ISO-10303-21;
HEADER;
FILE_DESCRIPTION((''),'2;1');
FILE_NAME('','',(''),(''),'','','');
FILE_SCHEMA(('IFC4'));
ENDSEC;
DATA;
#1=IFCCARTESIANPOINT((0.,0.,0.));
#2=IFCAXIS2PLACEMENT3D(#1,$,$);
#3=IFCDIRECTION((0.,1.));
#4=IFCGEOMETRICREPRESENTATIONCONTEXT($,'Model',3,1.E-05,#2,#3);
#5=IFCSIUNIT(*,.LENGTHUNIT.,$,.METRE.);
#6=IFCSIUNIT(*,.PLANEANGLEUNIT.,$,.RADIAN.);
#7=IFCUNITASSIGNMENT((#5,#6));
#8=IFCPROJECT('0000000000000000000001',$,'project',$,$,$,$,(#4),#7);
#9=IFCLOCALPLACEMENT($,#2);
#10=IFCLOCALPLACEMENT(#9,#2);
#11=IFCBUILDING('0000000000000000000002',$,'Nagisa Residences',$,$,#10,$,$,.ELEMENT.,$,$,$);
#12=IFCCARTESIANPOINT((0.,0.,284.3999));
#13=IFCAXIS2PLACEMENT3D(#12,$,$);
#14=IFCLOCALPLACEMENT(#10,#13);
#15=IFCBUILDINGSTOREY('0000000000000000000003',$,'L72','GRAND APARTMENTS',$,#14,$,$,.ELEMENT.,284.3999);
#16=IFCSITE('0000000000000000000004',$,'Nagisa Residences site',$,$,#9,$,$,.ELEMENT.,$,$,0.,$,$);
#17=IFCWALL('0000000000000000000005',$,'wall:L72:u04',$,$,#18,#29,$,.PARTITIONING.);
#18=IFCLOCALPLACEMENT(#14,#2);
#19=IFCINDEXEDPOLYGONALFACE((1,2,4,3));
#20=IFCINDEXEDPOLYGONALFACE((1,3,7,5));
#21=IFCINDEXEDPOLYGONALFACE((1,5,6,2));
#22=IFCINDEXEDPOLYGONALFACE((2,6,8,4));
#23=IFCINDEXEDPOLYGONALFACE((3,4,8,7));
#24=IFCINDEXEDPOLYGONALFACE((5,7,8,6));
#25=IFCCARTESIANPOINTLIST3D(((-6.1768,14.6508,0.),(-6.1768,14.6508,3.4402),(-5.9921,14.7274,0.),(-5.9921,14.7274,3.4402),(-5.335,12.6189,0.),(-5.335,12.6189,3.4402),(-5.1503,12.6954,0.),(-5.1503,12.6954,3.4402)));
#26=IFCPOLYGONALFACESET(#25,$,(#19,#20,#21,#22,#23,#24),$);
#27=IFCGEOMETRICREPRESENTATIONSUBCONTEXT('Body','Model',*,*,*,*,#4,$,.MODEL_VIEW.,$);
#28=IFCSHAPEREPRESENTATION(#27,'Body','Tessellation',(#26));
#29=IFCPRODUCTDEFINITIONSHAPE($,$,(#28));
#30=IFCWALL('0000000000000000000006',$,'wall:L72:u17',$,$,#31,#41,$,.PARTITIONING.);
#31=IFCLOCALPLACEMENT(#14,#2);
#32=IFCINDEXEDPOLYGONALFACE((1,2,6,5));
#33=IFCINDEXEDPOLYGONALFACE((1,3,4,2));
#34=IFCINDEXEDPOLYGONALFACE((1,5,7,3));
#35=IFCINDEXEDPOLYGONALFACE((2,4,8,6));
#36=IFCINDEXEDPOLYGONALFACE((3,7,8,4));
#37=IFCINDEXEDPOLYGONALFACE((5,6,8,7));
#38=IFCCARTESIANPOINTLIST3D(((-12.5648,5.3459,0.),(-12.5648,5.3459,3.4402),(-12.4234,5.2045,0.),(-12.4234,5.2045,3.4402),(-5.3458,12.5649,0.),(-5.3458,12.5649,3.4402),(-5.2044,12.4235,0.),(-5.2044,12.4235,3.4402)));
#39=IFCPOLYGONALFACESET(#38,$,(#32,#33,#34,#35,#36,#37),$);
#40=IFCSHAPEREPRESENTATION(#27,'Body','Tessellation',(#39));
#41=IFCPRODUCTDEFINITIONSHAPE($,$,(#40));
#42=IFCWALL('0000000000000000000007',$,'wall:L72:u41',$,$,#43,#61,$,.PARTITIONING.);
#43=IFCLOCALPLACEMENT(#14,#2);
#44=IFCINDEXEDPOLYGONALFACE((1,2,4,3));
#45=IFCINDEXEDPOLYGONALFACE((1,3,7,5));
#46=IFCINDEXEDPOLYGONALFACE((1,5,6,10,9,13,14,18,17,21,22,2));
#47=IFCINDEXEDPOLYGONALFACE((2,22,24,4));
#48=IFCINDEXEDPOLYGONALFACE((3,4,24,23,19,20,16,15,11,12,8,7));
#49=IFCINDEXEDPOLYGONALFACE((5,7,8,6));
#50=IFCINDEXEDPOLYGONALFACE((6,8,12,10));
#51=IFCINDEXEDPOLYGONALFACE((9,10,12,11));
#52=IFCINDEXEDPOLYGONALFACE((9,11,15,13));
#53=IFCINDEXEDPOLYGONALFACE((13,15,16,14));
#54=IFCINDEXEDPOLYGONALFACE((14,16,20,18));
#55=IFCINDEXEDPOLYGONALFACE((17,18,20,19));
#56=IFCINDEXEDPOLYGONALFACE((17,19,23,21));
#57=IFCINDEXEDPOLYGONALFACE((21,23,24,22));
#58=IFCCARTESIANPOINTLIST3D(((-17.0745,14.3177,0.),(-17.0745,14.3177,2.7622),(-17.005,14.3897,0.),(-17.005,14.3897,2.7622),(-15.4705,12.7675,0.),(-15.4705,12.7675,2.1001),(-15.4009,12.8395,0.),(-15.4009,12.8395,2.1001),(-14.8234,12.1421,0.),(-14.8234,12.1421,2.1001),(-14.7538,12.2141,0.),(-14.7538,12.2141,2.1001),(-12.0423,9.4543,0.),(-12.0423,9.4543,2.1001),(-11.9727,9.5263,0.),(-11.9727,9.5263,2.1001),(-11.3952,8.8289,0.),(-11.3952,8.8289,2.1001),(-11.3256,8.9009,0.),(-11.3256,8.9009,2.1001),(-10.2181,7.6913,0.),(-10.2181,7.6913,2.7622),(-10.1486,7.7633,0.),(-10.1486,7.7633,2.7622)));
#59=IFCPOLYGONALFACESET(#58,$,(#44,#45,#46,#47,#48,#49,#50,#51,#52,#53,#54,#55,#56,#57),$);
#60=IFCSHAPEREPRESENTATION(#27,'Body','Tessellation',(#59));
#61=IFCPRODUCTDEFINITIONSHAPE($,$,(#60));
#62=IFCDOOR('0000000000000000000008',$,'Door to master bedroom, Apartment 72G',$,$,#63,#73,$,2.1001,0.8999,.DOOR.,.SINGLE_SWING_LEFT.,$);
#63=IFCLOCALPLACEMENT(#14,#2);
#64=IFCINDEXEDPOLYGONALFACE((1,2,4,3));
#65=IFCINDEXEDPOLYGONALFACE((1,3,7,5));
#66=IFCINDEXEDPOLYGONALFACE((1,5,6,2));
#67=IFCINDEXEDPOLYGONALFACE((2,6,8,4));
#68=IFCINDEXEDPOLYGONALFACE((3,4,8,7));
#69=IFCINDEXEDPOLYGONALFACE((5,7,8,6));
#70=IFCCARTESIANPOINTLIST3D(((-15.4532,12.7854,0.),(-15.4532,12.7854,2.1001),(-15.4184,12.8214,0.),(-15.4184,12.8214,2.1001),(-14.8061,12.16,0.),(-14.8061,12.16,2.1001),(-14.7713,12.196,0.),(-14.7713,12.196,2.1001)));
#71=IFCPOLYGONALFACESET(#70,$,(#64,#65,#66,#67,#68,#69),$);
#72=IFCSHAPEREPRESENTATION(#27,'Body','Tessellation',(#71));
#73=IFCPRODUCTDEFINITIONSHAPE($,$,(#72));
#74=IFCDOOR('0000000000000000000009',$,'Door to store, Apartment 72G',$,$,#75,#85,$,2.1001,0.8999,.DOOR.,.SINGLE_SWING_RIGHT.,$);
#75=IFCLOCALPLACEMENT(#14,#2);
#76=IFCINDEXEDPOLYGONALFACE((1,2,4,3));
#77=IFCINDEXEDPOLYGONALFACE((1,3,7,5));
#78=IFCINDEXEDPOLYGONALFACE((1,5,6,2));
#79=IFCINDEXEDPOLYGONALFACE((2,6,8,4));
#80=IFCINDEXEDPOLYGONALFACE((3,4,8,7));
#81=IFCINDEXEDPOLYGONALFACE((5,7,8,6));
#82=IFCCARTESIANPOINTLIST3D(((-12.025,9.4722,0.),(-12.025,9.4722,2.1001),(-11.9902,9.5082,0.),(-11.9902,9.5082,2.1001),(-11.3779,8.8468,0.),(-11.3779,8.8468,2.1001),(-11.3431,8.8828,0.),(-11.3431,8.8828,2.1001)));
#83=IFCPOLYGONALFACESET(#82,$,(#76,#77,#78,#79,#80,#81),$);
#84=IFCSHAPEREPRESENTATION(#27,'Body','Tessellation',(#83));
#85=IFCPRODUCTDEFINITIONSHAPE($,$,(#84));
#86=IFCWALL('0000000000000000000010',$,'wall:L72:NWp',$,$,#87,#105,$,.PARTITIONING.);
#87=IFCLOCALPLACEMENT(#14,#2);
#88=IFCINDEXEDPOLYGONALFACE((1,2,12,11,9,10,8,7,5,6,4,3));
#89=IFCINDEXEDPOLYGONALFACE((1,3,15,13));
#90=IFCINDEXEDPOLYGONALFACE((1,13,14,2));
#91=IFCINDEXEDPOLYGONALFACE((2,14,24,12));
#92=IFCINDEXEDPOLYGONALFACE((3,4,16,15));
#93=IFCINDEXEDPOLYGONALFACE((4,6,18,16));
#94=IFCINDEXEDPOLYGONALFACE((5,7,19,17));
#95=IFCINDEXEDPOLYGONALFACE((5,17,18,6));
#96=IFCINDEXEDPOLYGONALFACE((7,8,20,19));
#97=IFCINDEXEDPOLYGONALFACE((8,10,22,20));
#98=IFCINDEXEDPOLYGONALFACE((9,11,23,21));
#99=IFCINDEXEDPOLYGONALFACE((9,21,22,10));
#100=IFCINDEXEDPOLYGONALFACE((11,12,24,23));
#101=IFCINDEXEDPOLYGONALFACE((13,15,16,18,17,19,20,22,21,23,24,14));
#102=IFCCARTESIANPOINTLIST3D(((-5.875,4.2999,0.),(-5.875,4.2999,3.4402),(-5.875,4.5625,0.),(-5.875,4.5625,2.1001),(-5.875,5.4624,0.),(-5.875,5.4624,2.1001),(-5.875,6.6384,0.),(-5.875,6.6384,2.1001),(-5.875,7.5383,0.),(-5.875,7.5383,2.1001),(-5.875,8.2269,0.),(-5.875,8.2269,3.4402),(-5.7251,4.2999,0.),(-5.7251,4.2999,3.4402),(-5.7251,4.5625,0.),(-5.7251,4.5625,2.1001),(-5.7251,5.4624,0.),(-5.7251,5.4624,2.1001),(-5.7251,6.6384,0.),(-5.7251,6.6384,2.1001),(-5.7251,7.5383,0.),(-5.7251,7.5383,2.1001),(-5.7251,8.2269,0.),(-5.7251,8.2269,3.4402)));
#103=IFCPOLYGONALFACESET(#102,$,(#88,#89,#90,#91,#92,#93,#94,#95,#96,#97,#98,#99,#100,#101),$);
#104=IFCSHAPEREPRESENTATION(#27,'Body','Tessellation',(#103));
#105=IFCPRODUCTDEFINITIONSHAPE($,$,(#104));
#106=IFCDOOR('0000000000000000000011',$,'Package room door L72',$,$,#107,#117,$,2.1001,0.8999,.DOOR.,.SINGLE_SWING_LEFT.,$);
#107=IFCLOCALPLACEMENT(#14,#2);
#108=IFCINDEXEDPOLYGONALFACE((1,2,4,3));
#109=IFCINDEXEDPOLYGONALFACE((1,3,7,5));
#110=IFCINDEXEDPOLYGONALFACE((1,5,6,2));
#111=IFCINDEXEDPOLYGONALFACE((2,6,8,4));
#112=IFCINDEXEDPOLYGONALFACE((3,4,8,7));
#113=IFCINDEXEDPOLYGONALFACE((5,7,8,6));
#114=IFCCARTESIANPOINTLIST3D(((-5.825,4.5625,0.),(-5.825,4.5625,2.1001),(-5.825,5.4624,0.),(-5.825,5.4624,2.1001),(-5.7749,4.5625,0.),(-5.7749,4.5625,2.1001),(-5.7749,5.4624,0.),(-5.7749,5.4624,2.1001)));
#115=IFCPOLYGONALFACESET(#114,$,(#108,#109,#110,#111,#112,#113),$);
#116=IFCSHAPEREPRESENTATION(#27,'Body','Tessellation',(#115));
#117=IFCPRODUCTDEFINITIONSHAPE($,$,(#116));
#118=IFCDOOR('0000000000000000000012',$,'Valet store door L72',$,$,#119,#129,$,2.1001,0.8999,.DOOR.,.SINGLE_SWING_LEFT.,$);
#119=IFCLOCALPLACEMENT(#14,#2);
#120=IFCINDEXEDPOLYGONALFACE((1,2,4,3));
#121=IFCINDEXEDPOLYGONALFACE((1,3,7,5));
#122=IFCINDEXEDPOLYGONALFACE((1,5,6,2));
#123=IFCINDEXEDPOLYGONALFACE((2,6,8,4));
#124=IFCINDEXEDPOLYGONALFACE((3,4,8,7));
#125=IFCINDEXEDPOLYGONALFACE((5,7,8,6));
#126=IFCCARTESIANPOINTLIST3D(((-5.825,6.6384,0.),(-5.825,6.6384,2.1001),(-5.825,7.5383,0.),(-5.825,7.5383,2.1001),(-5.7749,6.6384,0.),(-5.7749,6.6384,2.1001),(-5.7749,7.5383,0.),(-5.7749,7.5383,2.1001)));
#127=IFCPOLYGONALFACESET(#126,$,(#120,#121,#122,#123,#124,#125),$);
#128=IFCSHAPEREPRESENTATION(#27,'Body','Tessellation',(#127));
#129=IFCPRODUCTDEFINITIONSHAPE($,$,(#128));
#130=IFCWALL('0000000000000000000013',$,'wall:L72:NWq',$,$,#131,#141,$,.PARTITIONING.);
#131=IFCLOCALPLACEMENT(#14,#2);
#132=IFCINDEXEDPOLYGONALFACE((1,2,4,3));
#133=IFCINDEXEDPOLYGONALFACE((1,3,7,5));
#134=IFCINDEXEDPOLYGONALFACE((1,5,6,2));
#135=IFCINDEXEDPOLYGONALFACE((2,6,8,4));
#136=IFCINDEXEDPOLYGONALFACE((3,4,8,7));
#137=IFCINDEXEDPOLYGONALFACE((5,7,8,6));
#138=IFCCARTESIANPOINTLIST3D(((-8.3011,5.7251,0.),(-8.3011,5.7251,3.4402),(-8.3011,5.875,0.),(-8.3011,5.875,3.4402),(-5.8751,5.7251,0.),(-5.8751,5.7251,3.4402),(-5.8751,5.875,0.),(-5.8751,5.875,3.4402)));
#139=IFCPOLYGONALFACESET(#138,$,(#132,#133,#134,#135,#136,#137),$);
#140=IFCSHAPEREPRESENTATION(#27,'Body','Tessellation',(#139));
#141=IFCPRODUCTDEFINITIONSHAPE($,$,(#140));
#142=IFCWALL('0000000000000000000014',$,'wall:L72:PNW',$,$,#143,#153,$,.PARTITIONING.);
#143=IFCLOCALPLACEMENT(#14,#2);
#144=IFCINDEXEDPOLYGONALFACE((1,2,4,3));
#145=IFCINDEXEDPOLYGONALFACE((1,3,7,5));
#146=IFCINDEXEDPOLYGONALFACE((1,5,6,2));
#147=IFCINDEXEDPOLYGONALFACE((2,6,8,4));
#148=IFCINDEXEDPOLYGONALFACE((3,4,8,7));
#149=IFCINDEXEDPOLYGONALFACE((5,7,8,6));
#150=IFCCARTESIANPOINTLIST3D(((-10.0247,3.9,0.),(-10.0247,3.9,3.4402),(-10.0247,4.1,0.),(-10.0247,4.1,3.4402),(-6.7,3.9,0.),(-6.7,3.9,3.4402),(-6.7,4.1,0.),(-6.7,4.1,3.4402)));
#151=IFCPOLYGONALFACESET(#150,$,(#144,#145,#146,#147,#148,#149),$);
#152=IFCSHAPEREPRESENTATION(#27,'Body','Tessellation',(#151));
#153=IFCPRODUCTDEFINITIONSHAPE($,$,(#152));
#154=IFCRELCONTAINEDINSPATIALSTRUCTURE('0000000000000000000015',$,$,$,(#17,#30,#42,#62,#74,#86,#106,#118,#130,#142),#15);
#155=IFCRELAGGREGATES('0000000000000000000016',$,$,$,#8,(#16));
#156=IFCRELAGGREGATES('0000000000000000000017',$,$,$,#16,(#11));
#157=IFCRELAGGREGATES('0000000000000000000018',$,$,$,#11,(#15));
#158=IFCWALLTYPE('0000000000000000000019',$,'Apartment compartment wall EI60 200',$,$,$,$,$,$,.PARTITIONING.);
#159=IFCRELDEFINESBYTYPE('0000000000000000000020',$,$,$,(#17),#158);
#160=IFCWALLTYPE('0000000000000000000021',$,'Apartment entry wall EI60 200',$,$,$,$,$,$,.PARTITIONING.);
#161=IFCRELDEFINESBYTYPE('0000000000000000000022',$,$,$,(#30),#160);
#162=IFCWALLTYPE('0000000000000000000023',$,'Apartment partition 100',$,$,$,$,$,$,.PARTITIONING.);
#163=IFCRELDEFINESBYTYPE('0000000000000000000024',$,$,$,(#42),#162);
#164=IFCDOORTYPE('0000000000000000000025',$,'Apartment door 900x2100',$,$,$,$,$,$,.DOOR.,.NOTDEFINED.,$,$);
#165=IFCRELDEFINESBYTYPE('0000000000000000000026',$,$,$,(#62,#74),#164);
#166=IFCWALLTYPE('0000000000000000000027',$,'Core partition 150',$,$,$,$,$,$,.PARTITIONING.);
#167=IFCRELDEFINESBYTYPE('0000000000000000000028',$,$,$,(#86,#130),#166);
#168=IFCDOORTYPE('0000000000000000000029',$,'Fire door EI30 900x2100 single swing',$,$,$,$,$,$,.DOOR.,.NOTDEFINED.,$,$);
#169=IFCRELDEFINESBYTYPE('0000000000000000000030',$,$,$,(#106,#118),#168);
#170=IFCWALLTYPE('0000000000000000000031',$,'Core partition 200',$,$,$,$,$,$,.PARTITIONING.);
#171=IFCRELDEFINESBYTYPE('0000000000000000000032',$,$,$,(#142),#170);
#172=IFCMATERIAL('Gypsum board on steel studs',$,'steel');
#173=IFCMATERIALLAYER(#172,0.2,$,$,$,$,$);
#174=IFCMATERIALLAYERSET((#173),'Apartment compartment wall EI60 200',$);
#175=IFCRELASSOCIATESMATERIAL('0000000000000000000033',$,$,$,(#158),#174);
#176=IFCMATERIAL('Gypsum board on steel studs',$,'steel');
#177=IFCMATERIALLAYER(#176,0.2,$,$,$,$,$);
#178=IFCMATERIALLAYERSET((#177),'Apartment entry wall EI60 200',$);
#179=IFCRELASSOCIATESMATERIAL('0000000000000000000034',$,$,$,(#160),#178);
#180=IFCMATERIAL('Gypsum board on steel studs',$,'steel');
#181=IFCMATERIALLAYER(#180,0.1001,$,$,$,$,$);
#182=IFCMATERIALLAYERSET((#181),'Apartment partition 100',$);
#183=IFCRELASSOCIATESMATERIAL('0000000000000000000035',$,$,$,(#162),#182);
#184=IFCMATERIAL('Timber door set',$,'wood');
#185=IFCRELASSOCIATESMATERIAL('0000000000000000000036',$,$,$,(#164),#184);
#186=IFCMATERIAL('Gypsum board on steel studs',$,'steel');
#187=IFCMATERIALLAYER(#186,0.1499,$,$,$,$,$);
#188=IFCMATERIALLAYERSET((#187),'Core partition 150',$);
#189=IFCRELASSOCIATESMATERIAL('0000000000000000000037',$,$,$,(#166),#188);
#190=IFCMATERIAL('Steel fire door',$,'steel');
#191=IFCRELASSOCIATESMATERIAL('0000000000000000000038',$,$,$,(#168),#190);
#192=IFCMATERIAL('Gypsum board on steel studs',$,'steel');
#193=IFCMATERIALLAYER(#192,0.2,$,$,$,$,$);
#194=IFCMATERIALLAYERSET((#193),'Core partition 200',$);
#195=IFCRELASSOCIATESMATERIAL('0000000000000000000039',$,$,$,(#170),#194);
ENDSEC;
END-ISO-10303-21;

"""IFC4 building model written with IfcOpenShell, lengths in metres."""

from ifc_helpers import new_model, si_unit, direction, frame, frame_2d, origin, place, context, subcontext, project, spatial, rectangle, extrude, material, layer, layer_set, type_object, element, fill, save


model = new_model("IFC4")

# Units and contexts
model_context = context("Model", 3, precision=1e-05, world=origin(), true_north=direction((0.0, 1.0)))
body_context = subcontext(model_context, "Body", "Model", "MODEL_VIEW")
ifc_project = project(units=[si_unit("LENGTHUNIT", "METRE"), si_unit("PLANEANGLEUNIT", "RADIAN")], contexts=[model_context])

# Site, building, storey
site_placement = place(None, origin())
site = spatial("IfcSite", under=ifc_project, at=site_placement, Name="Nagisa Residences site", CompositionType="ELEMENT", RefElevation=0.0)
building_placement = place(site_placement, origin())
building = spatial("IfcBuilding", under=site, at=building_placement, Name="Nagisa Residences", CompositionType="ELEMENT")
storey_placement = place(building_placement, frame((0.0, 0.0, 284.3999)))
storey = spatial("IfcBuildingStorey", under=building, at=storey_placement, Name="L72", Description="GRAND APARTMENTS", CompositionType="ELEMENT", Elevation=284.3999)

# Walls
ifc_material_1 = material(Name="Gypsum board on steel studs", Category="steel")
ifc_layer_1 = layer(ifc_material_1, 0.2)
ifc_layer_set_1 = layer_set([ifc_layer_1], Name="Apartment compartment wall EI60 200")
wall_type_1 = type_object("IfcWallType", Name="Apartment compartment wall EI60 200", PredefinedType="PARTITIONING", material=ifc_layer_set_1)
wall_1_placement = place(storey_placement, frame((-5.2427, 12.6572, 0.0), z_axis=(0.0, 0.0, 1.0), x_axis=(-0.382731, 0.92386, 0.0)))
element("IfcWall", 1, at=wall_1_placement, inside=storey, type_object=wall_type_1, Name="wall:L72:u04", PredefinedType="PARTITIONING", context=body_context, shape_type="SweptSolid", body=[
    extrude(rectangle(XDim=2.1995, YDim=0.2, at=frame_2d((1.0996, 0.0))), origin(), (0.0, 0.0, 1.0), 3.4402),
])
ifc_material_2 = material(Name="Gypsum board on steel studs", Category="steel")
ifc_layer_2 = layer(ifc_material_2, 0.2)
ifc_layer_set_2 = layer_set([ifc_layer_2], Name="Apartment entry wall EI60 200")
wall_type_2 = type_object("IfcWallType", Name="Apartment entry wall EI60 200", PredefinedType="PARTITIONING", material=ifc_layer_set_2)
wall_2_placement = place(storey_placement, frame((-5.2751, 12.4941, 0.0), z_axis=(0.0, 0.0, 1.0), x_axis=(-0.707107, -0.707107, 0.0)))
element("IfcWall", 2, at=wall_2_placement, inside=storey, type_object=wall_type_2, Name="wall:L72:u17", PredefinedType="PARTITIONING", context=body_context, shape_type="SweptSolid", body=[
    extrude(rectangle(XDim=10.2092, YDim=0.2, at=frame_2d((5.1045, 0.0))), origin(), (0.0, 0.0, 1.0), 3.4402),
])

# Walls, openings, doors
ifc_material_3 = material(Name="Gypsum board on steel studs", Category="steel")
ifc_layer_3 = layer(ifc_material_3, 0.1001)
ifc_layer_set_3 = layer_set([ifc_layer_3], Name="Apartment partition 100")
wall_type_3 = type_object("IfcWallType", Name="Apartment partition 100", PredefinedType="PARTITIONING", material=ifc_layer_set_3)
wall_3_placement = place(storey_placement, frame((-10.1833, 7.7273, 0.0), z_axis=(0.0, 0.0, 1.0), x_axis=(-0.719063, 0.694944, 0.0)))
wall_3 = element("IfcWall", 3, at=wall_3_placement, inside=storey, type_object=wall_type_3, Name="wall:L72:u41", PredefinedType="PARTITIONING", context=body_context, shape_type="SweptSolid", body=[
    extrude(rectangle(XDim=9.5352, YDim=0.1001, at=frame_2d((4.7676, 0.0))), origin(), (0.0, 0.0, 1.0), 2.7622),
])
opening_1_placement = place(wall_3_placement, frame((6.4045, 0.0, 0.0)))
opening_1 = element("IfcOpeningElement", 4, at=opening_1_placement, cuts=wall_3, PredefinedType="OPENING", context=body_context, shape_type="SweptSolid", body=[
    extrude(rectangle(XDim=0.8999, YDim=2.1001, at=frame_2d((0.45, 1.05))), frame((0.0, 0.0601, 0.0), z_axis=(0.0, -1.0, 0.0), x_axis=(1.0, 0.0, 0.0)), (0.0, 0.0, 1.0), 0.1201),
])
opening_2_placement = place(wall_3_placement, frame((1.637, 0.0, 0.0)))
opening_2 = element("IfcOpeningElement", 5, at=opening_2_placement, cuts=wall_3, PredefinedType="OPENING", context=body_context, shape_type="SweptSolid", body=[
    extrude(rectangle(XDim=0.8999, YDim=2.1001, at=frame_2d((0.45, 1.05))), frame((0.0, 0.0601, 0.0), z_axis=(0.0, -1.0, 0.0), x_axis=(1.0, 0.0, 0.0)), (0.0, 0.0, 1.0), 0.1201),
])
ifc_material_4 = material(Name="Timber door set", Category="wood")
door_type_1 = type_object("IfcDoorType", Name="Apartment door 900x2100", OperationType="NOTDEFINED", PredefinedType="DOOR", material=ifc_material_4)
door_1_placement = place(opening_1_placement, frame((0.8999, 0.0, 0.0), x_axis=(-1.0, 0.0, 0.0)))
door_1 = element("IfcDoor", 6, at=door_1_placement, inside=storey, type_object=door_type_1, Name="Door to master bedroom, Apartment 72G", OperationType="SINGLE_SWING_LEFT", OverallHeight=2.1001, OverallWidth=0.8999, PredefinedType="DOOR", context=body_context, shape_type="SweptSolid", body=[
    extrude(rectangle(XDim=0.8999, YDim=2.1001, at=frame_2d((0.45, 1.05))), frame((0.0, 0.0249, 0.0), z_axis=(0.0, -1.0, 0.0), x_axis=(1.0, 0.0, 0.0)), (0.0, 0.0, 1.0), 0.05),
])
fill(opening_1, door_1)
door_2_placement = place(opening_2_placement, frame((0.8999, 0.0, 0.0), x_axis=(-1.0, 0.0, 0.0)))
door_2 = element("IfcDoor", 7, at=door_2_placement, inside=storey, type_object=door_type_1, Name="Door to store, Apartment 72G", OperationType="SINGLE_SWING_RIGHT", OverallHeight=2.1001, OverallWidth=0.8999, PredefinedType="DOOR", context=body_context, shape_type="SweptSolid", body=[
    extrude(rectangle(XDim=0.8999, YDim=2.1001, at=frame_2d((0.45, 1.05))), frame((0.0, 0.0249, 0.0), z_axis=(0.0, -1.0, 0.0), x_axis=(1.0, 0.0, 0.0)), (0.0, 0.0, 1.0), 0.05),
])
fill(opening_2, door_2)
ifc_material_5 = material(Name="Gypsum board on steel studs", Category="steel")
ifc_layer_4 = layer(ifc_material_5, 0.1499)
ifc_layer_set_4 = layer_set([ifc_layer_4], Name="Core partition 150")
wall_type_4 = type_object("IfcWallType", Name="Core partition 150", PredefinedType="PARTITIONING", material=ifc_layer_set_4)
wall_4_placement = place(storey_placement, frame((-5.8, 4.3, 0.0), z_axis=(0.0, 0.0, 1.0), x_axis=(0.0, 1.0, 0.0)))
wall_4 = element("IfcWall", 8, at=wall_4_placement, inside=storey, type_object=wall_type_4, Name="wall:L72:NWp", PredefinedType="PARTITIONING", context=body_context, shape_type="SweptSolid", body=[
    extrude(rectangle(XDim=3.927, YDim=0.1499, at=frame_2d((1.9634, 0.0))), origin(), (0.0, 0.0, 1.0), 3.4402),
])
opening_3_placement = place(wall_4_placement, frame((0.2625, 0.0, 0.0)))
opening_3 = element("IfcOpeningElement", 9, at=opening_3_placement, cuts=wall_4, PredefinedType="OPENING", context=body_context, shape_type="SweptSolid", body=[
    extrude(rectangle(XDim=0.8999, YDim=2.1001, at=frame_2d((0.45, 1.05))), frame((0.0, 0.085, 0.0), z_axis=(0.0, -1.0, 0.0), x_axis=(1.0, 0.0, 0.0)), (0.0, 0.0, 1.0), 0.1699),
])
opening_4_placement = place(wall_4_placement, frame((2.3384, 0.0, 0.0)))
opening_4 = element("IfcOpeningElement", 10, at=opening_4_placement, cuts=wall_4, PredefinedType="OPENING", context=body_context, shape_type="SweptSolid", body=[
    extrude(rectangle(XDim=0.8999, YDim=2.1001, at=frame_2d((0.45, 1.05))), frame((0.0, 0.085, 0.0), z_axis=(0.0, -1.0, 0.0), x_axis=(1.0, 0.0, 0.0)), (0.0, 0.0, 1.0), 0.1699),
])
ifc_material_6 = material(Name="Steel fire door", Category="steel")
door_type_2 = type_object("IfcDoorType", Name="Fire door EI30 900x2100 single swing", OperationType="NOTDEFINED", PredefinedType="DOOR", material=ifc_material_6)
door_3_placement = place(opening_3_placement, origin())
door_3 = element("IfcDoor", 11, at=door_3_placement, inside=storey, type_object=door_type_2, Name="Package room door L72", OperationType="SINGLE_SWING_LEFT", OverallHeight=2.1001, OverallWidth=0.8999, PredefinedType="DOOR", context=body_context, shape_type="SweptSolid", body=[
    extrude(rectangle(XDim=0.8999, YDim=2.1001, at=frame_2d((0.45, 1.05))), frame((0.0, 0.0249, 0.0), z_axis=(0.0, -1.0, 0.0), x_axis=(1.0, 0.0, 0.0)), (0.0, 0.0, 1.0), 0.05),
])
fill(opening_3, door_3)
door_4_placement = place(opening_4_placement, origin())
door_4 = element("IfcDoor", 12, at=door_4_placement, inside=storey, type_object=door_type_2, Name="Valet store door L72", OperationType="SINGLE_SWING_LEFT", OverallHeight=2.1001, OverallWidth=0.8999, PredefinedType="DOOR", context=body_context, shape_type="SweptSolid", body=[
    extrude(rectangle(XDim=0.8999, YDim=2.1001, at=frame_2d((0.45, 1.05))), frame((0.0, 0.0249, 0.0), z_axis=(0.0, -1.0, 0.0), x_axis=(1.0, 0.0, 0.0)), (0.0, 0.0, 1.0), 0.05),
])
fill(opening_4, door_4)

# Walls
wall_5_placement = place(storey_placement, frame((-8.301, 5.8, 0.0), z_axis=(0.0, 0.0, 1.0), x_axis=(1.0, 0.0, 0.0)))
element("IfcWall", 13, at=wall_5_placement, inside=storey, type_object=wall_type_4, Name="wall:L72:NWq", PredefinedType="PARTITIONING", context=body_context, shape_type="SweptSolid", body=[
    extrude(rectangle(XDim=2.426, YDim=0.1499, at=frame_2d((1.2129, 0.0))), origin(), (0.0, 0.0, 1.0), 3.4402),
])
ifc_material_7 = material(Name="Gypsum board on steel studs", Category="steel")
ifc_layer_5 = layer(ifc_material_7, 0.2)
ifc_layer_set_5 = layer_set([ifc_layer_5], Name="Core partition 200")
wall_type_5 = type_object("IfcWallType", Name="Core partition 200", PredefinedType="PARTITIONING", material=ifc_layer_set_5)
wall_6_placement = place(storey_placement, frame((-10.0247, 4.0, 0.0), z_axis=(0.0, 0.0, 1.0), x_axis=(1.0, 0.0, 0.0)))
element("IfcWall", 14, at=wall_6_placement, inside=storey, type_object=wall_type_5, Name="wall:L72:PNW", PredefinedType="PARTITIONING", context=body_context, shape_type="SweptSolid", body=[
    extrude(rectangle(XDim=3.3247, YDim=0.2, at=frame_2d((1.6624, 0.0))), origin(), (0.0, 0.0, 1.0), 3.4402),
])

save(model, "model.ifc")
